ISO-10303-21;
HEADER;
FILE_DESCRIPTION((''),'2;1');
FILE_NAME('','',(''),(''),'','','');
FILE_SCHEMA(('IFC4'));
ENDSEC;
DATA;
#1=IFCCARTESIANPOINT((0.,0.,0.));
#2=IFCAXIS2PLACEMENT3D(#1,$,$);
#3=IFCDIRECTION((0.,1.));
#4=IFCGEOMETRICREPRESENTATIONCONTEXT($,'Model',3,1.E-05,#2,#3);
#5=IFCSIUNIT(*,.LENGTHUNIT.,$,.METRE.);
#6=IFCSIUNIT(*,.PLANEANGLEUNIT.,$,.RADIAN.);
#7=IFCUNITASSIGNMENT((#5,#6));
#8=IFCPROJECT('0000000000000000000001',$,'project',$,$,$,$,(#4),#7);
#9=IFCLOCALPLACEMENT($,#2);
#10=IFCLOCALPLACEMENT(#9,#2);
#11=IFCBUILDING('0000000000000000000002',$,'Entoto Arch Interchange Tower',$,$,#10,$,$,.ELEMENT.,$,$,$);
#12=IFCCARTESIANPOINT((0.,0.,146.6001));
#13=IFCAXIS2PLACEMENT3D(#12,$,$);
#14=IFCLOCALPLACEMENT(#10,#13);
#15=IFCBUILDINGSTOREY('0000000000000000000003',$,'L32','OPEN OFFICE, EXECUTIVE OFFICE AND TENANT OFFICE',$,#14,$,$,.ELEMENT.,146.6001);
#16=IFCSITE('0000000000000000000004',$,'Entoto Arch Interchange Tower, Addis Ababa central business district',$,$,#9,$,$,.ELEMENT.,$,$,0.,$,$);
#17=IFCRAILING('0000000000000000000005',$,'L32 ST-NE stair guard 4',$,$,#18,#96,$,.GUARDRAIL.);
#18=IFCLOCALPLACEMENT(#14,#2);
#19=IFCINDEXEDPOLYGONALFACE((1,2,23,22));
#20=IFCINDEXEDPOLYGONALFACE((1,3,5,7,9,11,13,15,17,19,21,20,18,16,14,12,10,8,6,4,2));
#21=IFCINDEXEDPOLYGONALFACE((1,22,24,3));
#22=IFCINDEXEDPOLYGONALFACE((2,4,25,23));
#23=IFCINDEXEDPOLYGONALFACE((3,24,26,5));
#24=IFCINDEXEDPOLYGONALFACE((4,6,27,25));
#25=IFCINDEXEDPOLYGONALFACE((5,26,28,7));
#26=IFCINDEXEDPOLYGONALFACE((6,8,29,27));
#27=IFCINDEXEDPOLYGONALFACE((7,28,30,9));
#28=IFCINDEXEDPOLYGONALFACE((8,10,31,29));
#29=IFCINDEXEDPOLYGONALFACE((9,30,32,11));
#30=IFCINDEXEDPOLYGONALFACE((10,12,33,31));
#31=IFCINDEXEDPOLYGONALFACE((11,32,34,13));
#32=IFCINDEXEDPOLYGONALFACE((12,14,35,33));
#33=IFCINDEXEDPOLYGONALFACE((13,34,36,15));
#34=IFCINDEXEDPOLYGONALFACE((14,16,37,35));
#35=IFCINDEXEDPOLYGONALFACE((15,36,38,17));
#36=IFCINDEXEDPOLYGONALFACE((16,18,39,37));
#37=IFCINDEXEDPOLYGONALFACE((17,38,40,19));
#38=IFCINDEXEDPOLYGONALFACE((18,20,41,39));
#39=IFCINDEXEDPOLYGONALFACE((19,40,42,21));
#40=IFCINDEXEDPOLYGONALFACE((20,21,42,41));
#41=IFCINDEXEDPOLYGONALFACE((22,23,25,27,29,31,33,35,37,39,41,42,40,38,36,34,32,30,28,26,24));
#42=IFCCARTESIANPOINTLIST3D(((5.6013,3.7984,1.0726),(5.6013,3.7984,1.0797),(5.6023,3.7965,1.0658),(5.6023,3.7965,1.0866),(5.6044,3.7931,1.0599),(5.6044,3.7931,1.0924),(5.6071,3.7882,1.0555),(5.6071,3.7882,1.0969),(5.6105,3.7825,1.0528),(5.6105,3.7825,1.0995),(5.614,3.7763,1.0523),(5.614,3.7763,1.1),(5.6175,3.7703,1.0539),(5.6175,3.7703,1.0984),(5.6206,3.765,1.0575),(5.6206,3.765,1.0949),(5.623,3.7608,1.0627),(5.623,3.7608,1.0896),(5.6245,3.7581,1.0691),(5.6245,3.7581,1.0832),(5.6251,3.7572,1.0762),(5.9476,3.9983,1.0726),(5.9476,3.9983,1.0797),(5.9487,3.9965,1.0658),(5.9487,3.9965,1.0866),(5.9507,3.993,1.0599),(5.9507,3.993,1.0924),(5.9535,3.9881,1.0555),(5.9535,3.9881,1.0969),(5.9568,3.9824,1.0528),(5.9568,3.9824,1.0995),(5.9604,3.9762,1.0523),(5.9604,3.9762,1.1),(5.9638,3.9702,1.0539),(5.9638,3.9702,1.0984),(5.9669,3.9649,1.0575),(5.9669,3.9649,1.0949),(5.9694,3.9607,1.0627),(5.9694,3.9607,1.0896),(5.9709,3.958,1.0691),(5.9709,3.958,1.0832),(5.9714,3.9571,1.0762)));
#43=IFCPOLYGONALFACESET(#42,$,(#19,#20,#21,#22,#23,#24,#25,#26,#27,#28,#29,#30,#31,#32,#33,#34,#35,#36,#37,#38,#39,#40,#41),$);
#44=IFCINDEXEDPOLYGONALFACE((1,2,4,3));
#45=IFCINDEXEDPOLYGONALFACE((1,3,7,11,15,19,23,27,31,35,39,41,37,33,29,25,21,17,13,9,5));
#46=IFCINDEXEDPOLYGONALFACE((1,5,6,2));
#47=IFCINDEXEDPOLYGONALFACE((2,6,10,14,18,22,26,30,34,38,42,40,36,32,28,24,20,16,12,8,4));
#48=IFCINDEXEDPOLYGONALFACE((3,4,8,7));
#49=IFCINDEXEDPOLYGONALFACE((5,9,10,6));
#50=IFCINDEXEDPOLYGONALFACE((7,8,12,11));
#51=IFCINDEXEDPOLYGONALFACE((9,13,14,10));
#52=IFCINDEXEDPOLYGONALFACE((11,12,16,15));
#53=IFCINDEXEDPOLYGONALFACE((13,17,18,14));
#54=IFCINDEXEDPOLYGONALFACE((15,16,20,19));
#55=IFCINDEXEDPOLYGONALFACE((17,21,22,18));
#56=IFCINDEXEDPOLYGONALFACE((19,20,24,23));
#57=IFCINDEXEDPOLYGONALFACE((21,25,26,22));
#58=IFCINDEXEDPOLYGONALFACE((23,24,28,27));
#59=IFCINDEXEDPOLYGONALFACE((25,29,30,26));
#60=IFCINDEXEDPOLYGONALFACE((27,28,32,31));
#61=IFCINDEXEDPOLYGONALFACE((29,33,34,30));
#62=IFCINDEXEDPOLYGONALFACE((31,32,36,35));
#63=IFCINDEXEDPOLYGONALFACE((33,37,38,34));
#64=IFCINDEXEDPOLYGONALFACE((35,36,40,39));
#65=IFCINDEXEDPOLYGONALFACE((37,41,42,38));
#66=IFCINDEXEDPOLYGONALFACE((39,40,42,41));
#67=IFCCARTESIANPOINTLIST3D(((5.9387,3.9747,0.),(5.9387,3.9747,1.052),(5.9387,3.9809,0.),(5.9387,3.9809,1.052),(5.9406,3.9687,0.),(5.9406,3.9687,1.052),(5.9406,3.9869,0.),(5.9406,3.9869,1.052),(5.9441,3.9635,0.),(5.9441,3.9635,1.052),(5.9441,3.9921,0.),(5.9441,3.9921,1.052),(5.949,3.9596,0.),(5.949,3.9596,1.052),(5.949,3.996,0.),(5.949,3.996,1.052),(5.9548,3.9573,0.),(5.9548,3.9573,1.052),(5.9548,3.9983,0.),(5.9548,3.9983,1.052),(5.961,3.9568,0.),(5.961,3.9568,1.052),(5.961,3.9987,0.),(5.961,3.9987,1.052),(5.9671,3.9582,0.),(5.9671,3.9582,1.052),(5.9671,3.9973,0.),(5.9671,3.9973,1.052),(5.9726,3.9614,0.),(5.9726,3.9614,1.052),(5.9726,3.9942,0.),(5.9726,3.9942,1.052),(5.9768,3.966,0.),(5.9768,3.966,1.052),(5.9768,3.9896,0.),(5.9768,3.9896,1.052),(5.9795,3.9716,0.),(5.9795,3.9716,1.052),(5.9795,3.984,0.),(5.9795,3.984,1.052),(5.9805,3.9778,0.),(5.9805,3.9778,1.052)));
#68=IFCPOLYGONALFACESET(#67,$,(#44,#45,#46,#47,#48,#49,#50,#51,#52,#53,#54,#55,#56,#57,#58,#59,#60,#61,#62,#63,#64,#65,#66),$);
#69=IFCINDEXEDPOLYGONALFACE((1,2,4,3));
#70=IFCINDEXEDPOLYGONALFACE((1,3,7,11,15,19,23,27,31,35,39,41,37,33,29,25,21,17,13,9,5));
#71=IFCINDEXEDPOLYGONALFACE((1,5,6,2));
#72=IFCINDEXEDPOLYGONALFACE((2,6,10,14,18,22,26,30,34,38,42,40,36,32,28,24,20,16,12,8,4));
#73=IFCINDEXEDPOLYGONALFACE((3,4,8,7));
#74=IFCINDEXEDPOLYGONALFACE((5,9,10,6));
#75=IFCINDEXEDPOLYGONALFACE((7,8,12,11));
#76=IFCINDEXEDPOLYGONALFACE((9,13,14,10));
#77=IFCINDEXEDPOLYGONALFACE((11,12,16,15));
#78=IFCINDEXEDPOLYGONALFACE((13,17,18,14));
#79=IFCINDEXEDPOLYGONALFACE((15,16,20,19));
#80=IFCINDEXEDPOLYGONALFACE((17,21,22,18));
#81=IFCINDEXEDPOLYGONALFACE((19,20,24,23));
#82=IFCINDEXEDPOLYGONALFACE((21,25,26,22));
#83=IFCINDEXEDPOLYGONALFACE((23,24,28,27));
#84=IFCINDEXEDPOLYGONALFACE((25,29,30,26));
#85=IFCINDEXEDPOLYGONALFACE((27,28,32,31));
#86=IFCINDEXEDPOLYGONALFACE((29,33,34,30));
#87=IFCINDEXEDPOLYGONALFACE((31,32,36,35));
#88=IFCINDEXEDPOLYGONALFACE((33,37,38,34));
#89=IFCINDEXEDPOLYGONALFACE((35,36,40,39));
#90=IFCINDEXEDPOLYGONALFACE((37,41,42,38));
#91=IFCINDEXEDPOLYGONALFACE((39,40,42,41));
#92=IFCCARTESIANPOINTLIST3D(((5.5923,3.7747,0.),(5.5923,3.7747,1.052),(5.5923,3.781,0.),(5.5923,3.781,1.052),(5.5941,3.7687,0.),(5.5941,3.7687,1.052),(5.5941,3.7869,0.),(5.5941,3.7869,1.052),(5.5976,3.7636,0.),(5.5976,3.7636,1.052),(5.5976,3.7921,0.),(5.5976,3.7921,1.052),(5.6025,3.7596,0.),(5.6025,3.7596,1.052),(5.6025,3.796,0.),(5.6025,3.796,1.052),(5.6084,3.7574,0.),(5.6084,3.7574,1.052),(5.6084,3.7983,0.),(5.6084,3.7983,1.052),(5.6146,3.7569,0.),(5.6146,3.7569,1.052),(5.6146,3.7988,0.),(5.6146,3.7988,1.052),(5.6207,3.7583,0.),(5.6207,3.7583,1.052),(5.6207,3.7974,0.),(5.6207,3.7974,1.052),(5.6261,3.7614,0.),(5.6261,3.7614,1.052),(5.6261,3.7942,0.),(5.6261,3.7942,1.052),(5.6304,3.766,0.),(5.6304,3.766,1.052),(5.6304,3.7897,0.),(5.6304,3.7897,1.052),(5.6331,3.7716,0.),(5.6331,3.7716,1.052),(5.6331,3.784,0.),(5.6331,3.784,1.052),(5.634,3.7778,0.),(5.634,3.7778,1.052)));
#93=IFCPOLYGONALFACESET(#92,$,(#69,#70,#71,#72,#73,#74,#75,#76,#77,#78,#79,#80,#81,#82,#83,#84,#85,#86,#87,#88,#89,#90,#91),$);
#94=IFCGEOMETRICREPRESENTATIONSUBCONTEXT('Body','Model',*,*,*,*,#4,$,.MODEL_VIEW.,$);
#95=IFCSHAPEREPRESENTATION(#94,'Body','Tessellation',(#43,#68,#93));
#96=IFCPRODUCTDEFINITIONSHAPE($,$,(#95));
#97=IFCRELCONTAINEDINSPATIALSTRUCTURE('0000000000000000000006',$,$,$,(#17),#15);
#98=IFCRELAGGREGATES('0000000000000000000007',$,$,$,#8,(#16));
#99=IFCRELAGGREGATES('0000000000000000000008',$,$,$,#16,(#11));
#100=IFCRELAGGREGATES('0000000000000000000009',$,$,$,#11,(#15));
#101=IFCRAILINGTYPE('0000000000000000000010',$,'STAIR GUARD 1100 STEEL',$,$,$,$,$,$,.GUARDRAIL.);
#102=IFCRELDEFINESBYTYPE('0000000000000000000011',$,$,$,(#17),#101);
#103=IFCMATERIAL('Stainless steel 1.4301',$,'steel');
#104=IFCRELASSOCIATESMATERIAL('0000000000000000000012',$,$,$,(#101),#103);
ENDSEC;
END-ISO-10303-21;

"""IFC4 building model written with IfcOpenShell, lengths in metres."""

from ifc_helpers import new_model, si_unit, direction, frame, origin, origin_2d, place, context, subcontext, project, spatial, circle, extrude, material, type_object, element, save


model = new_model("IFC4")

# Units and contexts
model_context = context("Model", 3, precision=1e-05, world=origin(), true_north=direction((0.0, 1.0)))
body_context = subcontext(model_context, "Body", "Model", "MODEL_VIEW")
ifc_project = project(units=[si_unit("LENGTHUNIT", "METRE"), si_unit("PLANEANGLEUNIT", "RADIAN")], contexts=[model_context])

# Site, building, storey
site_placement = place(None, origin())
site = spatial("IfcSite", under=ifc_project, at=site_placement, Name="Entoto Arch Interchange Tower, Addis Ababa central business district", CompositionType="ELEMENT", RefElevation=0.0)
building_placement = place(site_placement, origin())
building = spatial("IfcBuilding", under=site, at=building_placement, Name="Entoto Arch Interchange Tower", CompositionType="ELEMENT")
storey_placement = place(building_placement, frame((0.0, 0.0, 146.6001)))
storey = spatial("IfcBuildingStorey", under=building, at=storey_placement, Name="L32", Description="OPEN OFFICE, EXECUTIVE OFFICE AND TENANT OFFICE", CompositionType="ELEMENT", Elevation=146.6001)

# Railing
ifc_material_1 = material(Name="Stainless steel 1.4301", Category="steel")
railing_type_1 = type_object("IfcRailingType", Name="STAIR GUARD 1100 STEEL", PredefinedType="GUARDRAIL", material=ifc_material_1)
railing_1_placement = place(storey_placement, frame((5.9595, 3.9778, 0.0)))
element("IfcRailing", 1, at=railing_1_placement, inside=storey, type_object=railing_type_1, Name="L32 ST-NE stair guard 4", PredefinedType="GUARDRAIL", context=body_context, shape_type="SweptSolid", body=[
    extrude(circle(Radius=0.0239, at=origin_2d()), frame((0.0, 0.0, 1.0762), z_axis=(-0.866094, -0.499881, 0.0), x_axis=(0.499881, -0.866094, 0.0)), (0.0, 0.0, 1.0), 0.3999),
    extrude(circle(Radius=0.021, at=origin_2d()), origin(), (0.0, 0.0, 1.0), 1.052),
    extrude(circle(Radius=0.021, at=origin_2d()), frame((-0.3464, -0.2, 0.0)), (0.0, 0.0, 1.0), 1.052),
])

save(model, "model.ifc")
